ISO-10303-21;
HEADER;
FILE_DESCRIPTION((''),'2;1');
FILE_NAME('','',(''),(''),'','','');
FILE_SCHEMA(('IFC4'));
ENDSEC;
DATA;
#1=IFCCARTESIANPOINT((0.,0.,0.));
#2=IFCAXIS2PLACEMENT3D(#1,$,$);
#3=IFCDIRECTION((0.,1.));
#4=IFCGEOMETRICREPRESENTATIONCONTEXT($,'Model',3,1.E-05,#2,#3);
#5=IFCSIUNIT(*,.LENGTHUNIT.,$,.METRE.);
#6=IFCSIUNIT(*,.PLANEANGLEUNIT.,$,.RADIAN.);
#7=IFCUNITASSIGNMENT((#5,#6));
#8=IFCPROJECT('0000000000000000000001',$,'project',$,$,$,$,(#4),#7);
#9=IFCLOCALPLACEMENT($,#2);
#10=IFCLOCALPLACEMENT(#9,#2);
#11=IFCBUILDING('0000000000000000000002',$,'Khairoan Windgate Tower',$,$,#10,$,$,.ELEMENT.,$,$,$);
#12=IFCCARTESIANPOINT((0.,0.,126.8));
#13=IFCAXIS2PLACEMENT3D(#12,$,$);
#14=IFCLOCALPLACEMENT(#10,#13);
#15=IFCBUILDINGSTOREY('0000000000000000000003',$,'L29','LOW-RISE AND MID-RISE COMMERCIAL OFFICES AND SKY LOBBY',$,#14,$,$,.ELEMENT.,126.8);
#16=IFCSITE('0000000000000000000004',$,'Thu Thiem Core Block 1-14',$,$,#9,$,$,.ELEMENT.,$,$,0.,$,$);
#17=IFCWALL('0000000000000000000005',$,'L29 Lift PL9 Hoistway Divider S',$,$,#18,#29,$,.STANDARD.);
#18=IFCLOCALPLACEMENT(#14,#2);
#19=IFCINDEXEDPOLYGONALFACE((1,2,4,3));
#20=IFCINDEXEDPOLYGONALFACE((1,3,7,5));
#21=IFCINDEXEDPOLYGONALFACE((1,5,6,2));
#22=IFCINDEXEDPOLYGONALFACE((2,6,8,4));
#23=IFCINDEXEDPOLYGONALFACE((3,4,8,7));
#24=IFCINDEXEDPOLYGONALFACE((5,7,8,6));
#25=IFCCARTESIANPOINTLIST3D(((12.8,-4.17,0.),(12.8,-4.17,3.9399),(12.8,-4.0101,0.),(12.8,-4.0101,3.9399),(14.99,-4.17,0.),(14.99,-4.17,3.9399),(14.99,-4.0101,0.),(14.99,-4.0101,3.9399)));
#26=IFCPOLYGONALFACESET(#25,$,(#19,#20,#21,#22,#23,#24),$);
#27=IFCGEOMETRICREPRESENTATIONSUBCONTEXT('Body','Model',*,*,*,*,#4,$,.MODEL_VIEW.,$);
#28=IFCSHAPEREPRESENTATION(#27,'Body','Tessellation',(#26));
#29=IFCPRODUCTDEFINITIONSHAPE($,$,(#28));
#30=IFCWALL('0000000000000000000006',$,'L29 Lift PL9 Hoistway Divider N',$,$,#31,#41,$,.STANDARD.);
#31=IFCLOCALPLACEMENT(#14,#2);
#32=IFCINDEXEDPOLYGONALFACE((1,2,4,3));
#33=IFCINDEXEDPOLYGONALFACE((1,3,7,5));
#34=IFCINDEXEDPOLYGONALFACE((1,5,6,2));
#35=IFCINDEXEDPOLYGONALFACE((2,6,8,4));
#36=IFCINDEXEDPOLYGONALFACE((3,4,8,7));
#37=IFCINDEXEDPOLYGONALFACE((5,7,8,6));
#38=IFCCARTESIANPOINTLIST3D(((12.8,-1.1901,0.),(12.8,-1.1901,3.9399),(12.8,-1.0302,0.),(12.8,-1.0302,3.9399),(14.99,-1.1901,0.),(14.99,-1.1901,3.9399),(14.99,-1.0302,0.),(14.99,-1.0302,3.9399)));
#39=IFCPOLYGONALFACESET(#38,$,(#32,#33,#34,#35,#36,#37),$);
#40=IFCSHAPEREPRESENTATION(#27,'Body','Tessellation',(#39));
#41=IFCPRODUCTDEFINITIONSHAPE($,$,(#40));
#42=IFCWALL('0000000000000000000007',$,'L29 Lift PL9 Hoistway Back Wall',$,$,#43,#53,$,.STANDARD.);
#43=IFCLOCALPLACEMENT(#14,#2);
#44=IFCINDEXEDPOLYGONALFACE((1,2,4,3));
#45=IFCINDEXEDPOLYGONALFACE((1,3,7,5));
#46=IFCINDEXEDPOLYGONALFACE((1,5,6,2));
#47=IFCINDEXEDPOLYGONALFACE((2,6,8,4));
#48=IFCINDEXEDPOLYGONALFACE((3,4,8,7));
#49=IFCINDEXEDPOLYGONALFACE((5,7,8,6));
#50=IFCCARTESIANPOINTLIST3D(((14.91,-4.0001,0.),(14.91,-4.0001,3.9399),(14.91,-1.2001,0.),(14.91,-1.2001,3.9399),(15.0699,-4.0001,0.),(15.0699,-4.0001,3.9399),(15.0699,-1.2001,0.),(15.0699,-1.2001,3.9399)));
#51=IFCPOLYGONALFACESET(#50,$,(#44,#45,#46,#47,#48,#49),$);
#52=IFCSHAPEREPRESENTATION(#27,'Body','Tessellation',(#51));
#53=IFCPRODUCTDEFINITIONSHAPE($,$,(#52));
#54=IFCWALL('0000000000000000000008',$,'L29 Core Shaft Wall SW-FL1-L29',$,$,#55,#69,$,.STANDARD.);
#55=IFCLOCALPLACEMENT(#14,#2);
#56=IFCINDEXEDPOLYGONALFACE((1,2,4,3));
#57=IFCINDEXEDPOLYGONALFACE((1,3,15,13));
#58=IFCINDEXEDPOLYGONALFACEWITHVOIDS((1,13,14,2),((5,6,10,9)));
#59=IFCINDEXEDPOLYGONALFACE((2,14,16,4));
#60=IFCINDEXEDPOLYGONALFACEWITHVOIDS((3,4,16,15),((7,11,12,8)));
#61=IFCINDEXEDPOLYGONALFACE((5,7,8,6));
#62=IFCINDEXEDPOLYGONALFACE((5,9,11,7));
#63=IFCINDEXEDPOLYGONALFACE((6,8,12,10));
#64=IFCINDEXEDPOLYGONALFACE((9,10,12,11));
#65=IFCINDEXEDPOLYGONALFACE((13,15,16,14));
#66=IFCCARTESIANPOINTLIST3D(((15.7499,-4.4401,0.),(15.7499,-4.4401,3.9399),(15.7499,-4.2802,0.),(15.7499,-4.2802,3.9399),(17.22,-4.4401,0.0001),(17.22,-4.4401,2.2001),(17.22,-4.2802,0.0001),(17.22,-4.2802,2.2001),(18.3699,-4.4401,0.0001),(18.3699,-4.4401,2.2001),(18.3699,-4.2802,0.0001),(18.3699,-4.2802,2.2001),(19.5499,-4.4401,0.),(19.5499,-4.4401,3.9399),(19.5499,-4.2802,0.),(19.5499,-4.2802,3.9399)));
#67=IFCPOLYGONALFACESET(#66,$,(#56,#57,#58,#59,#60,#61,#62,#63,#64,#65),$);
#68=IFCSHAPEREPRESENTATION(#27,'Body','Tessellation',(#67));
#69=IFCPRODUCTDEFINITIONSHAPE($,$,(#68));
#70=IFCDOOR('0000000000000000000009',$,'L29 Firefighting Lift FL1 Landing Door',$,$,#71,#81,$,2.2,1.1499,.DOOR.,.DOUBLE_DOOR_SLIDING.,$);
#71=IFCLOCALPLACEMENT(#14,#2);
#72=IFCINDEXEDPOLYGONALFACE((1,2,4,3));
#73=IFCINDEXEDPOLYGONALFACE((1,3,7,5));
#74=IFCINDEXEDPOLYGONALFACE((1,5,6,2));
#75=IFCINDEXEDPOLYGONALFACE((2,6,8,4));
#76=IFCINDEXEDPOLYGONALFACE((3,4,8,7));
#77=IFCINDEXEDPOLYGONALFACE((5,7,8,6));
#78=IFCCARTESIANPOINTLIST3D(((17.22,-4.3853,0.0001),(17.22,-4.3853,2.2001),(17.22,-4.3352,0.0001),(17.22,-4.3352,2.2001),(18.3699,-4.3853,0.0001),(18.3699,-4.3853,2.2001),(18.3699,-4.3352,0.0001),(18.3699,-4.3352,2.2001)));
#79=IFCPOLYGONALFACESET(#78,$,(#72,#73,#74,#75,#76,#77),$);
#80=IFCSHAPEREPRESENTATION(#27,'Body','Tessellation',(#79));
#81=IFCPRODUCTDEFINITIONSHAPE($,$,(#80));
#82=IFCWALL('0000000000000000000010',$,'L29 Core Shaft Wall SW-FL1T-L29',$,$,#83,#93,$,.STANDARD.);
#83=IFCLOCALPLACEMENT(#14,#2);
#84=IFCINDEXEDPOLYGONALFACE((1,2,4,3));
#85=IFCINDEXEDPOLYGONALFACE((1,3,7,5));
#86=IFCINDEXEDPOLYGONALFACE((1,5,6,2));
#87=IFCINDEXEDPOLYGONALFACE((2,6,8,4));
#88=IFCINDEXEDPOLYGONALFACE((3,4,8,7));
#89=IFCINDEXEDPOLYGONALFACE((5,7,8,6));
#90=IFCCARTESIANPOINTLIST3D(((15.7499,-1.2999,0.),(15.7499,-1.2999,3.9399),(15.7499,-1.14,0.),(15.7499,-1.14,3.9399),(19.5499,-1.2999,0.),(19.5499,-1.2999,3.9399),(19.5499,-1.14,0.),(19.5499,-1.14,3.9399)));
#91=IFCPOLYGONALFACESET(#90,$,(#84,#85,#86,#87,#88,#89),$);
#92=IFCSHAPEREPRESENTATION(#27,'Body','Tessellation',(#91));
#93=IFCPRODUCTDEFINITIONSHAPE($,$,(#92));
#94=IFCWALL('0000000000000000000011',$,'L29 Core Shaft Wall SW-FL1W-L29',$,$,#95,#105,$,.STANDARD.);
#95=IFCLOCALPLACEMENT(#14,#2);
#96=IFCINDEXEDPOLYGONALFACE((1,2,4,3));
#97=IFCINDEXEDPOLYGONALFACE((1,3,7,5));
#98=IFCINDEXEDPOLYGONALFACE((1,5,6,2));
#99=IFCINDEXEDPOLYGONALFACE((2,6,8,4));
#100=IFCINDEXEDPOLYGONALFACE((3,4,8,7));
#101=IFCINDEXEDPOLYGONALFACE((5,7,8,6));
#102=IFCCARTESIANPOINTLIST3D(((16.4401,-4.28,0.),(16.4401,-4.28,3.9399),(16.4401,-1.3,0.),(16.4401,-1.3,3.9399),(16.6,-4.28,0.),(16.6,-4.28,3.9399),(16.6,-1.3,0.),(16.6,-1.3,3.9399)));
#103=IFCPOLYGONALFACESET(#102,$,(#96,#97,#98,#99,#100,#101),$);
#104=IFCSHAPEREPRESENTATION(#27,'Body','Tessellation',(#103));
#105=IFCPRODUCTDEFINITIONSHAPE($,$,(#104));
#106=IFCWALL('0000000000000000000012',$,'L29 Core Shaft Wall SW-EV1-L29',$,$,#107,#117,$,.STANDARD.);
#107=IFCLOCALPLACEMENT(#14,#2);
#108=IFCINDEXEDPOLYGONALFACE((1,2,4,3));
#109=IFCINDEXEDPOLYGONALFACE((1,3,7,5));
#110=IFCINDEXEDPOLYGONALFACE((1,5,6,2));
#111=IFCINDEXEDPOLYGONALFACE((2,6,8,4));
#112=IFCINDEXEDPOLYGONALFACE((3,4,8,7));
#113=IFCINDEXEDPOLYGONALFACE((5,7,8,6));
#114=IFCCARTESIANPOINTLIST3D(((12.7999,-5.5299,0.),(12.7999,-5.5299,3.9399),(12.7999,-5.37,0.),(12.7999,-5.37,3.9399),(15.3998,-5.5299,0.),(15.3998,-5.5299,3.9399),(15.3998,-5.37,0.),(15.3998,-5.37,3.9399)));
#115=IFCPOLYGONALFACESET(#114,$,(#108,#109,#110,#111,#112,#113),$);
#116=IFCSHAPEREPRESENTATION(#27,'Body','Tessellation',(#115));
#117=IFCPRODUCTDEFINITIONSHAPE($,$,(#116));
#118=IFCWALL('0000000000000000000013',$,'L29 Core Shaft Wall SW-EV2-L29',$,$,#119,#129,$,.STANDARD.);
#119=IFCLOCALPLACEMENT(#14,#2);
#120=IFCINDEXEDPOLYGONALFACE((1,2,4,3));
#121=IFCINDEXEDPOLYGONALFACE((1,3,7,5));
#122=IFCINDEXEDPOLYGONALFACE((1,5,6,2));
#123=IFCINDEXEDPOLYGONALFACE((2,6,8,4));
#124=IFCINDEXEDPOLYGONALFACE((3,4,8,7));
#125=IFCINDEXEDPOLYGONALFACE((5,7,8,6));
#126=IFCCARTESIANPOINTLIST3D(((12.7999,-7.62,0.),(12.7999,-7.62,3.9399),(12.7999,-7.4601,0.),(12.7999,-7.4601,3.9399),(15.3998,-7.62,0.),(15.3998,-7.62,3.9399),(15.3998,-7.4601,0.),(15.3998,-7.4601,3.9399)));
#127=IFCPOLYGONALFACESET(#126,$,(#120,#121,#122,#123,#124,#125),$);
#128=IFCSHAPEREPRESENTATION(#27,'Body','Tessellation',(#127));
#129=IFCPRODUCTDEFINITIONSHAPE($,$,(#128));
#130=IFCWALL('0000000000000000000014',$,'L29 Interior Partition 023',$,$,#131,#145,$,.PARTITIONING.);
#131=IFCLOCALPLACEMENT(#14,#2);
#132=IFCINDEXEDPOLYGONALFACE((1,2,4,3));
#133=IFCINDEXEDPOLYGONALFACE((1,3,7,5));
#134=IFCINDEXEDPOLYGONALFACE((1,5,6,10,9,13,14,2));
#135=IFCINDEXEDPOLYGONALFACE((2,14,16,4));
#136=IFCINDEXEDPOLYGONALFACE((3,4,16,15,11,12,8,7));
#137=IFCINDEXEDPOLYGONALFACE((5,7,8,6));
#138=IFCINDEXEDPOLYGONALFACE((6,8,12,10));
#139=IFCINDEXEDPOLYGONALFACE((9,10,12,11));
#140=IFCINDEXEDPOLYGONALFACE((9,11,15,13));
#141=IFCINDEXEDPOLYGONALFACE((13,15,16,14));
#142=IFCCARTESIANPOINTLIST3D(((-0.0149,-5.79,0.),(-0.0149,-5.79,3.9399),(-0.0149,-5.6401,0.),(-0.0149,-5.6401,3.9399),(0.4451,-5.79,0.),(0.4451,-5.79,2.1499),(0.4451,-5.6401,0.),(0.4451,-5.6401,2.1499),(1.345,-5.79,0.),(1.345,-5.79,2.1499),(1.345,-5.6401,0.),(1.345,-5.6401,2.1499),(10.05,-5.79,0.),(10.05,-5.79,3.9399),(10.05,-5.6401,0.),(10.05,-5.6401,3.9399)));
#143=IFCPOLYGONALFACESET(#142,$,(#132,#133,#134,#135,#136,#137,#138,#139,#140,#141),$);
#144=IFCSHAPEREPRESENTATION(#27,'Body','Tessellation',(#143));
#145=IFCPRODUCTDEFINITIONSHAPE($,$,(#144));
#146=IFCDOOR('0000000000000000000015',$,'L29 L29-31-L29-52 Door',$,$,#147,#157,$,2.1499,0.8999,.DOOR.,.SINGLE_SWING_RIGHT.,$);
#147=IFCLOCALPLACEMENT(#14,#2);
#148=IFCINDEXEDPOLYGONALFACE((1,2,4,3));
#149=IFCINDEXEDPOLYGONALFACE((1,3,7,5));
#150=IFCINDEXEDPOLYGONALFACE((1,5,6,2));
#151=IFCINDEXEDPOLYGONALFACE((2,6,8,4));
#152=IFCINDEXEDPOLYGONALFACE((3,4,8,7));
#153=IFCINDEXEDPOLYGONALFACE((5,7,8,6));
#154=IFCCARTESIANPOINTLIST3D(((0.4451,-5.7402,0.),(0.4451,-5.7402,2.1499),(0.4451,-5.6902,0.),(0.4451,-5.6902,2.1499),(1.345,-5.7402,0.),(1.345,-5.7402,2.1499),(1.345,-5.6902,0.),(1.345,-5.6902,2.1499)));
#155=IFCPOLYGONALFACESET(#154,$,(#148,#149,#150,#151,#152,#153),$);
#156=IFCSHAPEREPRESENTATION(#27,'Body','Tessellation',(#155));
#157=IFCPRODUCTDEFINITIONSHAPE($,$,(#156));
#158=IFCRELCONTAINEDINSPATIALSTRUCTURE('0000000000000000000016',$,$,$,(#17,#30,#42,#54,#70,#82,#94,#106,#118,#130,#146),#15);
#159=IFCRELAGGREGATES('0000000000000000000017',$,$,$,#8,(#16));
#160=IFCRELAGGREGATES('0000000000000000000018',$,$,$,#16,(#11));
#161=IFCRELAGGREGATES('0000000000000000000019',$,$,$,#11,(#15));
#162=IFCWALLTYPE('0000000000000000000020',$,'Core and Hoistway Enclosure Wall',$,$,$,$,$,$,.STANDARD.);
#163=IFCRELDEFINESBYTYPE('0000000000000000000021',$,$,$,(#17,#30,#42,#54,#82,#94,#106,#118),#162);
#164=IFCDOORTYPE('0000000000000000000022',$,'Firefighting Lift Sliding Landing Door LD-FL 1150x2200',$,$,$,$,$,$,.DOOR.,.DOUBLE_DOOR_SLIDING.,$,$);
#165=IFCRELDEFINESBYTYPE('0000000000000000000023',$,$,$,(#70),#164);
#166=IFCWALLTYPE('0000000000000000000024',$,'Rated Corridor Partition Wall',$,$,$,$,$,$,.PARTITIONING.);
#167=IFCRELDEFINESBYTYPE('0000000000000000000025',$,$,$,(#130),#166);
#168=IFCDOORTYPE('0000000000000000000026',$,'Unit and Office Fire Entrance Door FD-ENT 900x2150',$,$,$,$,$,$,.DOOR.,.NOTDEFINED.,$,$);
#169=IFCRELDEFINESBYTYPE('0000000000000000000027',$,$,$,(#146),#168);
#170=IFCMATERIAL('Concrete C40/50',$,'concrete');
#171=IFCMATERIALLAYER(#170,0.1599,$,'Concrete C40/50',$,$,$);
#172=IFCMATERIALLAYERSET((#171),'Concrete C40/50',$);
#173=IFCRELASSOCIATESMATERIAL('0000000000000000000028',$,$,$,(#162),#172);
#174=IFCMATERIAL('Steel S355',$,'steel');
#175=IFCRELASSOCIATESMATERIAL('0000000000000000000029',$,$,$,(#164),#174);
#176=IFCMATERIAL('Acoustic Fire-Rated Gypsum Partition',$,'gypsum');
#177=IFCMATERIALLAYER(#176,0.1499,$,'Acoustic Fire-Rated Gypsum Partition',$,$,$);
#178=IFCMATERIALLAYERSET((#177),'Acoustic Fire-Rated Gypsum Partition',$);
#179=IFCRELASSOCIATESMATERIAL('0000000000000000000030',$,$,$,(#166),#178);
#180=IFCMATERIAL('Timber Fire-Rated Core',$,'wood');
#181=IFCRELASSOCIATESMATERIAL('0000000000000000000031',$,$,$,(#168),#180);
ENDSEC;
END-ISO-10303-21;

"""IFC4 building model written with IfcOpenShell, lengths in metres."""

from ifc_helpers import new_model, si_unit, direction, frame, frame_2d, origin, place, context, subcontext, project, spatial, rectangle, extrude, material, layer, layer_set, type_object, element, fill, save


model = new_model("IFC4")

# Units and contexts
model_context = context("Model", 3, precision=1e-05, world=origin(), true_north=direction((0.0, 1.0)))
body_context = subcontext(model_context, "Body", "Model", "MODEL_VIEW")
ifc_project = project(units=[si_unit("LENGTHUNIT", "METRE"), si_unit("PLANEANGLEUNIT", "RADIAN")], contexts=[model_context])

# Site, building, storey
site_placement = place(None, origin())
site = spatial("IfcSite", under=ifc_project, at=site_placement, Name="Thu Thiem Core Block 1-14", CompositionType="ELEMENT", RefElevation=0.0)
building_placement = place(site_placement, origin())
building = spatial("IfcBuilding", under=site, at=building_placement, Name="Khairoan Windgate Tower", CompositionType="ELEMENT")
storey_placement = place(building_placement, frame((0.0, 0.0, 126.8)))
storey = spatial("IfcBuildingStorey", under=building, at=storey_placement, Name="L29", Description="LOW-RISE AND MID-RISE COMMERCIAL OFFICES AND SKY LOBBY", CompositionType="ELEMENT", Elevation=126.8)

# Walls
ifc_material_1 = material(Name="Concrete C40/50", Category="concrete")
ifc_layer_1 = layer(ifc_material_1, 0.1599, Name="Concrete C40/50")
ifc_layer_set_1 = layer_set([ifc_layer_1], Name="Concrete C40/50")
wall_type_1 = type_object("IfcWallType", Name="Core and Hoistway Enclosure Wall", PredefinedType="STANDARD", material=ifc_layer_set_1)
for number, where, z_axis, x_axis, name in (
    (1, (12.8, -4.0901, 0.0), (0.0, 0.0, 1.0), (1.0, 0.0, 0.0), "L29 Lift PL9 Hoistway Divider S"),
    (2, (12.8, -1.1101, 0.0), (0.0, 0.0, 1.0), (1.0, 0.0, 0.0), "L29 Lift PL9 Hoistway Divider N"),
):
    element("IfcWall", number, at=place(storey_placement, frame(where, z_axis=z_axis, x_axis=x_axis)), inside=storey, type_object=wall_type_1, Name=name, PredefinedType="STANDARD", context=body_context, shape_type="SweptSolid", body=[
        extrude(rectangle(XDim=2.1899, YDim=0.1599, at=frame_2d((1.095, 0.0))), origin(), (0.0, 0.0, 1.0), 3.9399),
    ])
wall_1_placement = place(storey_placement, frame((14.99, -4.0, 0.0), z_axis=(0.0, 0.0, 1.0), x_axis=(0.0, 1.0, 0.0)))
element("IfcWall", 3, at=wall_1_placement, inside=storey, type_object=wall_type_1, Name="L29 Lift PL9 Hoistway Back Wall", PredefinedType="STANDARD", context=body_context, shape_type="SweptSolid", body=[
    extrude(rectangle(XDim=2.8, YDim=0.1599, at=frame_2d((1.3999, 0.0))), origin(), (0.0, 0.0, 1.0), 3.9399),
])

# Wall, opening, door
wall_2_placement = place(storey_placement, frame((15.75, -4.3601, 0.0), z_axis=(0.0, 0.0, 1.0), x_axis=(1.0, 0.0, 0.0)))
wall_2 = element("IfcWall", 4, at=wall_2_placement, inside=storey, type_object=wall_type_1, Name="L29 Core Shaft Wall SW-FL1-L29", PredefinedType="STANDARD", context=body_context, shape_type="SweptSolid", body=[
    extrude(rectangle(XDim=3.8, YDim=0.1599, at=frame_2d((1.8999, 0.0))), origin(), (0.0, 0.0, 1.0), 3.9399),
])
opening_1_placement = place(wall_2_placement, frame((1.47, 0.0, 0.0)))
opening_1 = element("IfcOpeningElement", 5, at=opening_1_placement, cuts=wall_2, PredefinedType="OPENING", context=body_context, shape_type="SweptSolid", body=[
    extrude(rectangle(XDim=1.1499, YDim=2.2, at=frame_2d((0.575, 1.1001))), frame((0.0, 0.0898, 0.0), z_axis=(0.0, -1.0, 0.0), x_axis=(1.0, 0.0, 0.0)), (0.0, 0.0, 1.0), 0.1799),
])
ifc_material_2 = material(Name="Steel S355", Category="steel")
door_type_1 = type_object("IfcDoorType", Name="Firefighting Lift Sliding Landing Door LD-FL 1150x2200", OperationType="DOUBLE_DOOR_SLIDING", PredefinedType="DOOR", material=ifc_material_2)
door_1_placement = place(opening_1_placement, origin())
door_1 = element("IfcDoor", 6, at=door_1_placement, inside=storey, type_object=door_type_1, Name="L29 Firefighting Lift FL1 Landing Door", OperationType="DOUBLE_DOOR_SLIDING", OverallHeight=2.2, OverallWidth=1.1499, PredefinedType="DOOR", context=body_context, shape_type="SweptSolid", body=[
    extrude(rectangle(XDim=1.1499, YDim=2.2, at=frame_2d((0.575, 1.1001))), frame((0.0, 0.0249, 0.0), z_axis=(0.0, -1.0, 0.0), x_axis=(1.0, 0.0, 0.0)), (0.0, 0.0, 1.0), 0.05),
])
fill(opening_1, door_1)

# Walls
wall_3_placement = place(storey_placement, frame((15.75, -1.22, 0.0), z_axis=(0.0, 0.0, 1.0), x_axis=(1.0, 0.0, 0.0)))
element("IfcWall", 7, at=wall_3_placement, inside=storey, type_object=wall_type_1, Name="L29 Core Shaft Wall SW-FL1T-L29", PredefinedType="STANDARD", context=body_context, shape_type="SweptSolid", body=[
    extrude(rectangle(XDim=3.8, YDim=0.1599, at=frame_2d((1.8999, 0.0))), origin(), (0.0, 0.0, 1.0), 3.9399),
])
wall_4_placement = place(storey_placement, frame((16.52, -4.28, 0.0), z_axis=(0.0, 0.0, 1.0), x_axis=(0.0, 1.0, 0.0)))
element("IfcWall", 8, at=wall_4_placement, inside=storey, type_object=wall_type_1, Name="L29 Core Shaft Wall SW-FL1W-L29", PredefinedType="STANDARD", context=body_context, shape_type="SweptSolid", body=[
    extrude(rectangle(XDim=2.98, YDim=0.1599, at=frame_2d((1.49, 0.0))), origin(), (0.0, 0.0, 1.0), 3.9399),
])
for number, where, z_axis, x_axis, name in (
    (9, (12.8, -5.45, 0.0), (0.0, 0.0, 1.0), (1.0, 0.0, 0.0), "L29 Core Shaft Wall SW-EV1-L29"),
    (10, (12.8, -7.54, 0.0), (0.0, 0.0, 1.0), (1.0, 0.0, 0.0), "L29 Core Shaft Wall SW-EV2-L29"),
):
    element("IfcWall", number, at=place(storey_placement, frame(where, z_axis=z_axis, x_axis=x_axis)), inside=storey, type_object=wall_type_1, Name=name, PredefinedType="STANDARD", context=body_context, shape_type="SweptSolid", body=[
        extrude(rectangle(XDim=2.5999, YDim=0.1599, at=frame_2d((1.2998, 0.0))), origin(), (0.0, 0.0, 1.0), 3.9399),
    ])

# Wall, opening, door
ifc_material_3 = material(Name="Acoustic Fire-Rated Gypsum Partition", Category="gypsum")
ifc_layer_2 = layer(ifc_material_3, 0.1499, Name="Acoustic Fire-Rated Gypsum Partition")
ifc_layer_set_2 = layer_set([ifc_layer_2], Name="Acoustic Fire-Rated Gypsum Partition")
wall_type_2 = type_object("IfcWallType", Name="Rated Corridor Partition Wall", PredefinedType="PARTITIONING", material=ifc_layer_set_2)
ifc_material_4 = material(Name="Timber Fire-Rated Core", Category="wood")
door_type_2 = type_object("IfcDoorType", Name="Unit and Office Fire Entrance Door FD-ENT 900x2150", OperationType="NOTDEFINED", PredefinedType="DOOR", material=ifc_material_4)
wall_5_placement = place(storey_placement, frame((-0.0149, -5.7151, 0.0), z_axis=(0.0, 0.0, 1.0), x_axis=(1.0, 0.0, 0.0)))
wall_5 = element("IfcWall", 11, at=wall_5_placement, inside=storey, type_object=wall_type_2, Name="L29 Interior Partition 023", PredefinedType="PARTITIONING", context=body_context, shape_type="SweptSolid", body=[
    extrude(rectangle(XDim=10.0649, YDim=0.1499, at=frame_2d((5.0325, 0.0))), origin(), (0.0, 0.0, 1.0), 3.9399),
])
opening_2_placement = place(wall_5_placement, frame((0.46, 0.0, 0.0)))
opening_2 = element("IfcOpeningElement", 12, at=opening_2_placement, cuts=wall_5, PredefinedType="OPENING", context=body_context, shape_type="SweptSolid", body=[
    extrude(rectangle(XDim=0.8999, YDim=2.1499, at=frame_2d((0.45, 1.075))), frame((0.0, 0.085, 0.0), z_axis=(0.0, -1.0, 0.0), x_axis=(1.0, 0.0, 0.0)), (0.0, 0.0, 1.0), 0.1699),
])
door_2_placement = place(opening_2_placement, origin())
door_2 = element("IfcDoor", 13, at=door_2_placement, inside=storey, type_object=door_type_2, Name="L29 L29-31-L29-52 Door", OperationType="SINGLE_SWING_RIGHT", OverallHeight=2.1499, OverallWidth=0.8999, PredefinedType="DOOR", context=body_context, shape_type="SweptSolid", body=[
    extrude(rectangle(XDim=0.8999, YDim=2.1499, at=frame_2d((0.45, 1.075))), frame((0.0, 0.0249, 0.0), z_axis=(0.0, -1.0, 0.0), x_axis=(1.0, 0.0, 0.0)), (0.0, 0.0, 1.0), 0.05),
])
fill(opening_2, door_2)

save(model, "model.ifc")
